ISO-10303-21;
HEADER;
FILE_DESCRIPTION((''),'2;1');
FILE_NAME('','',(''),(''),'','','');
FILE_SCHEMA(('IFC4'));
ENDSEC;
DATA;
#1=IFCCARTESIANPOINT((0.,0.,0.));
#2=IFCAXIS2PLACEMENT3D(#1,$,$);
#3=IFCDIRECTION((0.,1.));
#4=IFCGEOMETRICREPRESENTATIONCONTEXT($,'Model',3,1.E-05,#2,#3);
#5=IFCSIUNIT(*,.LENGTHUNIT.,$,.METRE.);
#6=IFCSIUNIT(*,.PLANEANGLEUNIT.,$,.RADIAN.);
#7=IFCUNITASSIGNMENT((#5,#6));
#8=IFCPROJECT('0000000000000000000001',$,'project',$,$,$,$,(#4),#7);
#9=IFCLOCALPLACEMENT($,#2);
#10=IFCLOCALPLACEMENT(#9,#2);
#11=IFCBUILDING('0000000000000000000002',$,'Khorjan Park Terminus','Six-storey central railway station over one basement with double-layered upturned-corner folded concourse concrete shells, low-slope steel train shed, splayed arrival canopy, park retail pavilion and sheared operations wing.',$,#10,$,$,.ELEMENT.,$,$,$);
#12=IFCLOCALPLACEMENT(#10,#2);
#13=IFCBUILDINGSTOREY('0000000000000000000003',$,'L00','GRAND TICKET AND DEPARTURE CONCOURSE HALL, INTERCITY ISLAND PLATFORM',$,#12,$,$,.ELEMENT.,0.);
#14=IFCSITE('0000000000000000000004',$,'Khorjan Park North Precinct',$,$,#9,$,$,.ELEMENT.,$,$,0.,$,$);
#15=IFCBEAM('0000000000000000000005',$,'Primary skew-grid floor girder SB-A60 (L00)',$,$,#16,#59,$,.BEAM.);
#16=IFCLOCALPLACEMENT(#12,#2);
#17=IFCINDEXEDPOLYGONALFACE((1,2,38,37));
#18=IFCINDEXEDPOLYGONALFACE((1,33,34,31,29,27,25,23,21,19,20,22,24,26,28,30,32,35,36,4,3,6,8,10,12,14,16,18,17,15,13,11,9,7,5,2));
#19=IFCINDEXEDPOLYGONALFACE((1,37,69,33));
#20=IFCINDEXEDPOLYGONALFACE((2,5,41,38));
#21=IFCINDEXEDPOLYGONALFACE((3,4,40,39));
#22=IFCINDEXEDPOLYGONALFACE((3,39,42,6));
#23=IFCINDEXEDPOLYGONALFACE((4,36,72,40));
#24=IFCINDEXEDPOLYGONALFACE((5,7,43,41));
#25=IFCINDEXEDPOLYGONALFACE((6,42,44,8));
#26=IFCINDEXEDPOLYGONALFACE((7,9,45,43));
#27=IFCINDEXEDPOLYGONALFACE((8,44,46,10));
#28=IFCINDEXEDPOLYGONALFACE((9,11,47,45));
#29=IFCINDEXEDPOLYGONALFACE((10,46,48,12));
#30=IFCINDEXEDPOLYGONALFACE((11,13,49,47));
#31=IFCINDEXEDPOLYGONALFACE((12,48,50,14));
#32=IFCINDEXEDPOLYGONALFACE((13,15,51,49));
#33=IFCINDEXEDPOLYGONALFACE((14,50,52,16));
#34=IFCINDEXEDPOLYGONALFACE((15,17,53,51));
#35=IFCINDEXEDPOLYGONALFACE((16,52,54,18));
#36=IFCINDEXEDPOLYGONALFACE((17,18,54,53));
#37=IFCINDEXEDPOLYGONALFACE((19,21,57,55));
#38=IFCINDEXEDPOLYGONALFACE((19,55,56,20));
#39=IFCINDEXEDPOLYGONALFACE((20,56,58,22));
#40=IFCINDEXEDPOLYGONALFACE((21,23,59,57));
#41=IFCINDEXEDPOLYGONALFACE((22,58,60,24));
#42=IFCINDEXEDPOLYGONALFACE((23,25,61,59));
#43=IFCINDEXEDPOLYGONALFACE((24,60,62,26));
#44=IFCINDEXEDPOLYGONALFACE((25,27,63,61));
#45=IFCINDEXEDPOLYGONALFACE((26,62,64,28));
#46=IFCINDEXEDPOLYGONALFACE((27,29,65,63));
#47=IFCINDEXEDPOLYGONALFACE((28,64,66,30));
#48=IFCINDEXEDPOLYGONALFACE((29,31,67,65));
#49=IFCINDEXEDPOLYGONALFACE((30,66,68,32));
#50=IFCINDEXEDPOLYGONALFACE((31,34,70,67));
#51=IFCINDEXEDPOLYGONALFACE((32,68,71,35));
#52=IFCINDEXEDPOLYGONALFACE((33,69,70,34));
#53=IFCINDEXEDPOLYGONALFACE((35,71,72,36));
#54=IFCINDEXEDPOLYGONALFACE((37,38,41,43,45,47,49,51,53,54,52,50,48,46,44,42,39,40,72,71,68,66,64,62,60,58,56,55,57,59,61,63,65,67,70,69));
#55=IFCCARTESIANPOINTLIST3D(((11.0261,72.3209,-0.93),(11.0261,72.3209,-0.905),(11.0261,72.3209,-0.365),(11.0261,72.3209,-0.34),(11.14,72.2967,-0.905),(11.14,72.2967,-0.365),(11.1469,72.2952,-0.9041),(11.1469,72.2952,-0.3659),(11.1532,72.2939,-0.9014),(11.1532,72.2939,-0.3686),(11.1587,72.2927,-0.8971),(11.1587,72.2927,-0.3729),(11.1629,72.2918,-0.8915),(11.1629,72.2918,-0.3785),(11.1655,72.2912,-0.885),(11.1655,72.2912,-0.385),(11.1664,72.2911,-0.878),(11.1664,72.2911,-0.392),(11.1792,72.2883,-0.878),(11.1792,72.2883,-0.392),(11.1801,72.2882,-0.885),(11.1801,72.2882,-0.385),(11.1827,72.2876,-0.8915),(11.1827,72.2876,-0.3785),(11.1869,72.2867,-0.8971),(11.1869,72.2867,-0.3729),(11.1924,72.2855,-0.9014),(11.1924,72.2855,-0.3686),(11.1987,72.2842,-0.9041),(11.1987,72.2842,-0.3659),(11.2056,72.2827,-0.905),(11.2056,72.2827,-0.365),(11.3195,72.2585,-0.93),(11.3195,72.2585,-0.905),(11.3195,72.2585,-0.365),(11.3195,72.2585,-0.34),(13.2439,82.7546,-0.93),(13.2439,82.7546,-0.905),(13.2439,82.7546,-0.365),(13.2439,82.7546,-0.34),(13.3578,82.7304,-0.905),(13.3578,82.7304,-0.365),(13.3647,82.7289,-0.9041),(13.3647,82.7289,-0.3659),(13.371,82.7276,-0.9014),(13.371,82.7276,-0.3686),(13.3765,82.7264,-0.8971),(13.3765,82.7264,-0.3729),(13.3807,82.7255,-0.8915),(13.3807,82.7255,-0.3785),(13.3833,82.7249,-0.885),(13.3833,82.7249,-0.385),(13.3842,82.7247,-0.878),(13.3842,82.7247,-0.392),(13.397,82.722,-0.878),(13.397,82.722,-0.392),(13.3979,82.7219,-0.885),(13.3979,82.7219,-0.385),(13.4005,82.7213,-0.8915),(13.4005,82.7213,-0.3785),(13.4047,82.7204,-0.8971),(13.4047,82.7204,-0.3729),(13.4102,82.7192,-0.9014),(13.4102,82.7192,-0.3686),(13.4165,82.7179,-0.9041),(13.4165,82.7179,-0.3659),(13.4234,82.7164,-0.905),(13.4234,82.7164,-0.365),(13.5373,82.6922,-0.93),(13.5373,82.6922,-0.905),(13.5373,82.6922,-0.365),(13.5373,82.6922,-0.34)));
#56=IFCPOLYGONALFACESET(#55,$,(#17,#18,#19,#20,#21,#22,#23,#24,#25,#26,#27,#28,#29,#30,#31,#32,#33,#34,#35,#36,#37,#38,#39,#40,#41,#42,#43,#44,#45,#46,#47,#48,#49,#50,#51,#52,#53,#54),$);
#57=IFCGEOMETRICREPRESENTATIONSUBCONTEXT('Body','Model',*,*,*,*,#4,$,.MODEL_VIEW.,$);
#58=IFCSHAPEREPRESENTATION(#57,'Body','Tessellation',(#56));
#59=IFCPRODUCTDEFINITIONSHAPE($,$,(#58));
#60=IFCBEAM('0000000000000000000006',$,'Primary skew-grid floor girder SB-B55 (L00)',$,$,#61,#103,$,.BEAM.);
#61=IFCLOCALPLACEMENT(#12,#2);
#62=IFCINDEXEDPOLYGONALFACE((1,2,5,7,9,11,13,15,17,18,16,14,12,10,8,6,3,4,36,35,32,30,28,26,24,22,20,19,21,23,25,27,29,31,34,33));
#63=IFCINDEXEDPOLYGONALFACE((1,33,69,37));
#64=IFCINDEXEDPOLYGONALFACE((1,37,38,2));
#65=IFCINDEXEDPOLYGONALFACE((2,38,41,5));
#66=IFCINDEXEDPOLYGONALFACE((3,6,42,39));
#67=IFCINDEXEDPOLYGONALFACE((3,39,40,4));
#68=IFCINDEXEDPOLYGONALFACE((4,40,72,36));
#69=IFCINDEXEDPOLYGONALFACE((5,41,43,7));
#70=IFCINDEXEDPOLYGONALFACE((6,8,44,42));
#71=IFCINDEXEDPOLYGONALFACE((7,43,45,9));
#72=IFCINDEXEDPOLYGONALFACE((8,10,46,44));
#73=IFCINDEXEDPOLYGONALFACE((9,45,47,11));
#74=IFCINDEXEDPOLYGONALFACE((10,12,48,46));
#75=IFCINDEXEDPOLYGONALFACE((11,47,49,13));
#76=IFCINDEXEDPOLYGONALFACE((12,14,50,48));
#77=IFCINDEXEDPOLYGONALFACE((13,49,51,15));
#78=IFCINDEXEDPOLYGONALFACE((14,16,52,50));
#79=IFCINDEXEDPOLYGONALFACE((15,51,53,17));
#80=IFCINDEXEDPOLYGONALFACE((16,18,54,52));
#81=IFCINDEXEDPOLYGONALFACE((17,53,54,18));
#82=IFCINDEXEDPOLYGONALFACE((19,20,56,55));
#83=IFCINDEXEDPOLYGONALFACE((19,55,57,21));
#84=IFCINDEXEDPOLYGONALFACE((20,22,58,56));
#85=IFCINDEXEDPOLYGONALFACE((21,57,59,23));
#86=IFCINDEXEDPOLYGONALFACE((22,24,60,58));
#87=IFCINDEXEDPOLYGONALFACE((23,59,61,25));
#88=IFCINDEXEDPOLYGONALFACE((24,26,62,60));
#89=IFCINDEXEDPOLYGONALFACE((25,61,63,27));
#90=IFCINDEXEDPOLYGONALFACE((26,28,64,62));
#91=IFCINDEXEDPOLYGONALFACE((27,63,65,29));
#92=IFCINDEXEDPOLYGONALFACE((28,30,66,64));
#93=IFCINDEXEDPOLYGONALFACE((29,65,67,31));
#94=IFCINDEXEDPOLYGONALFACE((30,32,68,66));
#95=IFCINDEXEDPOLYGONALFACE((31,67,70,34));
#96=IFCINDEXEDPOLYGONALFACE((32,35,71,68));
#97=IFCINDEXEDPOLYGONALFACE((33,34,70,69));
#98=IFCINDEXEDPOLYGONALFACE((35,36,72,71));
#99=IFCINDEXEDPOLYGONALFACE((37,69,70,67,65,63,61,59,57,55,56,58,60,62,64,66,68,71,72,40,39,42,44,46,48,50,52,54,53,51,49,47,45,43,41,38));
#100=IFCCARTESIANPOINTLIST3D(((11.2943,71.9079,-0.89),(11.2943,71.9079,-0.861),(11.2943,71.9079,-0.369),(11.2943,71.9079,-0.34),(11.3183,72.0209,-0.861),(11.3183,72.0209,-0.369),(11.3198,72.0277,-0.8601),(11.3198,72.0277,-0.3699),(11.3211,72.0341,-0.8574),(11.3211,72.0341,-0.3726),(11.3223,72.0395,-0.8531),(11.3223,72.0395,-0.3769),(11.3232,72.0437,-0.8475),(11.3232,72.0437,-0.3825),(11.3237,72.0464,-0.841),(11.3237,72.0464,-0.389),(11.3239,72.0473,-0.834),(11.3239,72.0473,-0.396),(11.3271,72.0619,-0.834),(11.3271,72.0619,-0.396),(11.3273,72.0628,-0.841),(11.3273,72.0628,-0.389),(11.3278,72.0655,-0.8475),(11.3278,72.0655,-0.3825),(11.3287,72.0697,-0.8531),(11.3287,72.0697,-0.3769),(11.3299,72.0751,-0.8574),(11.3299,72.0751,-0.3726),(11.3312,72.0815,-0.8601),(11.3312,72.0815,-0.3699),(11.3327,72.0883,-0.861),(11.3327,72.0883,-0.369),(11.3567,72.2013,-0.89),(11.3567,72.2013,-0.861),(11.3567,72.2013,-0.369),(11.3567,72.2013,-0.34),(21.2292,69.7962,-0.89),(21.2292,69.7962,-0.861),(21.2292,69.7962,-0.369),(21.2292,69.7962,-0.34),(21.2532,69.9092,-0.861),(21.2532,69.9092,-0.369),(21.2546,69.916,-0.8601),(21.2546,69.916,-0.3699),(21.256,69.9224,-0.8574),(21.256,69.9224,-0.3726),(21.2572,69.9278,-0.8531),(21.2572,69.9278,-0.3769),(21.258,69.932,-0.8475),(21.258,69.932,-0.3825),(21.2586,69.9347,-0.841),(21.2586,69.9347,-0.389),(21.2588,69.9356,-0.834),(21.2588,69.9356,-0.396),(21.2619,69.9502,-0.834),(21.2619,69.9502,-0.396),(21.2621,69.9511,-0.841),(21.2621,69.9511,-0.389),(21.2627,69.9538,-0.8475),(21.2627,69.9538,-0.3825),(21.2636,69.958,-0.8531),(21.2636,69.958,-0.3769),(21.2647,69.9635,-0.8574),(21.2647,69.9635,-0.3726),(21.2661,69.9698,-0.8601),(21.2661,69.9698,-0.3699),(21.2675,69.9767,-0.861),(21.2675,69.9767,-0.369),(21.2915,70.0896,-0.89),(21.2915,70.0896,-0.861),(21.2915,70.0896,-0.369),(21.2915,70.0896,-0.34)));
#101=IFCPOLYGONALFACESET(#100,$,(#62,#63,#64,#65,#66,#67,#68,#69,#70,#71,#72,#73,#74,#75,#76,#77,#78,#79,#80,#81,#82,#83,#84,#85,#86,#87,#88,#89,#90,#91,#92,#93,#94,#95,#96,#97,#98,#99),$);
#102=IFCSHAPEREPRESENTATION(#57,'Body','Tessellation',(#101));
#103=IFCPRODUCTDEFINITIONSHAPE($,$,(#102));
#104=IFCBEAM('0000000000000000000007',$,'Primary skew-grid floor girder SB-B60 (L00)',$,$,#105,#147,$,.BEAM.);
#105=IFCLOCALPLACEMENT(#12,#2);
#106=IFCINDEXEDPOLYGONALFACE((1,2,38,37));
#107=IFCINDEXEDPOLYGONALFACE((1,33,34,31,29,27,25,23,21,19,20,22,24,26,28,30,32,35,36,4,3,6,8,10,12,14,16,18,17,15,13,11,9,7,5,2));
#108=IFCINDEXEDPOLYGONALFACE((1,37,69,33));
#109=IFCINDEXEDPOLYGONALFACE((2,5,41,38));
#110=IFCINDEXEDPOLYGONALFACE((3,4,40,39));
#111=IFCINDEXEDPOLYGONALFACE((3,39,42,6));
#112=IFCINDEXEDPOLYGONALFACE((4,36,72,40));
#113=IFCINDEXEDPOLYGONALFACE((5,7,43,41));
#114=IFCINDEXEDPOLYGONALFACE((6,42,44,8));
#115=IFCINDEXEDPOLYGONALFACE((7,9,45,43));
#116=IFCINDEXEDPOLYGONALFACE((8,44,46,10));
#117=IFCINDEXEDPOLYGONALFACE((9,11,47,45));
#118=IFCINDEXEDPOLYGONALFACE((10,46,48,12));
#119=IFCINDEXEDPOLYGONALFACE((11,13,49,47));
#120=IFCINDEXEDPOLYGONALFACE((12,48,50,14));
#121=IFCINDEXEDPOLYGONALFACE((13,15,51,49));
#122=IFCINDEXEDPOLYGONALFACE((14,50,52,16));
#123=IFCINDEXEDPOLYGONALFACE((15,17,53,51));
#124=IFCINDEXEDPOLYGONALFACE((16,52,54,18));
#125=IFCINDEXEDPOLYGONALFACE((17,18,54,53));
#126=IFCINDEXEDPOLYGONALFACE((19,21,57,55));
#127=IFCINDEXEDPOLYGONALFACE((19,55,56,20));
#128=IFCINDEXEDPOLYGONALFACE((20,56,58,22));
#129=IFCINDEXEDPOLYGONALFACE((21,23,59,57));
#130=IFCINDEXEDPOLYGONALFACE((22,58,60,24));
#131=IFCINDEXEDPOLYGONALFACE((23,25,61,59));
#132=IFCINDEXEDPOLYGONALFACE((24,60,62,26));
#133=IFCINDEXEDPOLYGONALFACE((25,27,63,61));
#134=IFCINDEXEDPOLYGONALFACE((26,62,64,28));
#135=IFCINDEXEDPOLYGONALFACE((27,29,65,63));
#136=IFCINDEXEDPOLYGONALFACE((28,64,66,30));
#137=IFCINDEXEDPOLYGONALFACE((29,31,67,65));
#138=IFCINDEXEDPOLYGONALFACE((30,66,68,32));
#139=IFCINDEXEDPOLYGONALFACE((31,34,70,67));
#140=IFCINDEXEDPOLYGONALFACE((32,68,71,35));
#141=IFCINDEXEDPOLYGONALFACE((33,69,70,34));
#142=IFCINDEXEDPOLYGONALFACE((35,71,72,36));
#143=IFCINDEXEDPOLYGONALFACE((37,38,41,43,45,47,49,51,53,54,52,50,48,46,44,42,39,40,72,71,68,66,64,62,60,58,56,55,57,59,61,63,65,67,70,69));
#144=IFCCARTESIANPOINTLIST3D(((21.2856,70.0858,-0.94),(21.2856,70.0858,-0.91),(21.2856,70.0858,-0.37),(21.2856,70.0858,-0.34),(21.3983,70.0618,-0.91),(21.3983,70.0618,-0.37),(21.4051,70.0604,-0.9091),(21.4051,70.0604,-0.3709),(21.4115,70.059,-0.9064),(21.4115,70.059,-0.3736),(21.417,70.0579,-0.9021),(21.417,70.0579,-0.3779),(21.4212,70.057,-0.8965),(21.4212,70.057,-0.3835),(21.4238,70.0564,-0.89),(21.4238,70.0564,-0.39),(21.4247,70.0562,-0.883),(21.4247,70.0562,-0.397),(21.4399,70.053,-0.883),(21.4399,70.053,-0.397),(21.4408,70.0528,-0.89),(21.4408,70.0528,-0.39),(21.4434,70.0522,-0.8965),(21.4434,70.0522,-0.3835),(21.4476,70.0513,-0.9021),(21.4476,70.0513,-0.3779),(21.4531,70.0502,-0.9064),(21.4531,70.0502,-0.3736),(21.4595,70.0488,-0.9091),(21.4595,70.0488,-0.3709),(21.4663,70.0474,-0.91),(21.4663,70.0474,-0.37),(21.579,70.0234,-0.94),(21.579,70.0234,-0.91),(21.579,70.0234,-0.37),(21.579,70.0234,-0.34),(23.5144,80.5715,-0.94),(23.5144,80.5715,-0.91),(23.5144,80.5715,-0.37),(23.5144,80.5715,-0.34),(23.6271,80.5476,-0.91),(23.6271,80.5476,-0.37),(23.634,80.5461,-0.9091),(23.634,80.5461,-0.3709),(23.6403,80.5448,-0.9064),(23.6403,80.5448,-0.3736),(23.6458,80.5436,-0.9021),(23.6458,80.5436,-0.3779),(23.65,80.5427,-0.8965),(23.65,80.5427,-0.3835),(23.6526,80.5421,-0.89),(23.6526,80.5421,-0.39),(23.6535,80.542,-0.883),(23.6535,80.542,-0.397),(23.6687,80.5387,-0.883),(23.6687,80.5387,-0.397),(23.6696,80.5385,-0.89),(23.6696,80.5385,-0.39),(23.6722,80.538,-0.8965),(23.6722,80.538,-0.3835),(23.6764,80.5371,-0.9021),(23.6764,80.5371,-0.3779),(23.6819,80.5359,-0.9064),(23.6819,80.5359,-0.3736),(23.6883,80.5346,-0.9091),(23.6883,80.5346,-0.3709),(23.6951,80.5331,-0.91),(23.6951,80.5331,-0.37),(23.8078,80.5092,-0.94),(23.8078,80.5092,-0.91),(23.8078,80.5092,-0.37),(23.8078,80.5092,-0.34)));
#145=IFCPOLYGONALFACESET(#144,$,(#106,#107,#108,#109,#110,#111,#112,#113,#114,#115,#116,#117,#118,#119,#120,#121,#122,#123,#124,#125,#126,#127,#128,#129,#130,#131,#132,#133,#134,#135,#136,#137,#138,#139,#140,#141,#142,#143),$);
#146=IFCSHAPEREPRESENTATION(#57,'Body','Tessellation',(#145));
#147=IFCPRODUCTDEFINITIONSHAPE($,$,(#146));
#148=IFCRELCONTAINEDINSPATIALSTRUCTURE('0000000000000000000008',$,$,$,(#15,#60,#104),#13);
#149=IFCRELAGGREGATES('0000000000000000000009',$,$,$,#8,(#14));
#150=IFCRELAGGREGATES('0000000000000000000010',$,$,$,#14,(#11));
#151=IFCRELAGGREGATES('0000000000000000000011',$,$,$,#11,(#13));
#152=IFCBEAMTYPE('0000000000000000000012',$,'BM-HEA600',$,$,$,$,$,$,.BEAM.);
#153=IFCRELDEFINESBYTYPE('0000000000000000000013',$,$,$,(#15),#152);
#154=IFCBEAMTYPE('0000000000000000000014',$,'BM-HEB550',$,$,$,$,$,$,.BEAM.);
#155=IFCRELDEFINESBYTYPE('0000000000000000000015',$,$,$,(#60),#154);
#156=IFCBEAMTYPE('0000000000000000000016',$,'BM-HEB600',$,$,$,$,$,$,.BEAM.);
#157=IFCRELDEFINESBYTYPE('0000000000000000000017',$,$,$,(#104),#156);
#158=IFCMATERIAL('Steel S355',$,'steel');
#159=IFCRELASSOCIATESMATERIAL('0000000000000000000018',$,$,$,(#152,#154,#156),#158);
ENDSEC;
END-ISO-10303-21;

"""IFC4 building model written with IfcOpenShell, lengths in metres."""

from ifc_helpers import new_model, si_unit, direction, frame, origin, origin_2d, place, context, subcontext, project, spatial, i_section, extrude, material, material_profile, profile_set, type_object, element, save


model = new_model("IFC4")

# Units and contexts
model_context = context("Model", 3, precision=1e-05, world=origin(), true_north=direction((0.0, 1.0)))
body_context = subcontext(model_context, "Body", "Model", "MODEL_VIEW")
ifc_project = project(units=[si_unit("LENGTHUNIT", "METRE"), si_unit("PLANEANGLEUNIT", "RADIAN")], contexts=[model_context])

# Site, building, storey
site_placement = place(None, origin())
site = spatial("IfcSite", under=ifc_project, at=site_placement, Name="Khorjan Park North Precinct", CompositionType="ELEMENT", RefElevation=0.0)
building_placement = place(site_placement, origin())
building = spatial("IfcBuilding", under=site, at=building_placement, Name="Khorjan Park Terminus", Description="Six-storey central railway station over one basement with double-layered upturned-corner folded concourse concrete shells, low-slope steel train shed, splayed arrival canopy, park retail pavilion and sheared operations wing.", CompositionType="ELEMENT")
storey_placement = place(building_placement, origin())
storey = spatial("IfcBuildingStorey", under=building, at=storey_placement, Name="L00", Description="GRAND TICKET AND DEPARTURE CONCOURSE HALL, INTERCITY ISLAND PLATFORM", CompositionType="ELEMENT", Elevation=0.0)

# Shared definitions
ifc_material_1 = material(Name="Steel S355", Category="steel")

# Beams
ifc_material_profile_1 = material_profile(ifc_material_1, i_section(OverallWidth=0.3, OverallDepth=0.59, WebThickness=0.013, FlangeThickness=0.025, FilletRadius=0.027, at=origin_2d()), Name="HEA 600")
ifc_profile_set_1 = profile_set([ifc_material_profile_1], Name="Steel S355")
beam_type_1 = type_object("IfcBeamType", Name="BM-HEA600", PredefinedType="BEAM", material=ifc_profile_set_1)
beam_1_placement = place(storey_placement, frame((11.1728, 72.2897, -0.635), z_axis=(0.207916, 0.978147, 0.0), x_axis=(-0.978147, 0.207916, 0.0)))
element("IfcBeam", 1, at=beam_1_placement, inside=storey, type_object=beam_type_1, Name="Primary skew-grid floor girder SB-A60 (L00)", PredefinedType="BEAM", context=body_context, shape_type="SweptSolid", body=[
    extrude(i_section(OverallWidth=0.3, OverallDepth=0.59, WebThickness=0.013, FlangeThickness=0.025, FilletRadius=0.027, at=origin_2d()), origin(), (0.0, 0.0, 1.0), 10.6668),
])
ifc_material_profile_2 = material_profile(ifc_material_1, i_section(OverallWidth=0.3, OverallDepth=0.55, WebThickness=0.015, FlangeThickness=0.029, FilletRadius=0.027, at=origin_2d()), Name="HEB 550")
ifc_profile_set_2 = profile_set([ifc_material_profile_2], Name="Steel S355")
beam_type_2 = type_object("IfcBeamType", Name="BM-HEB550", PredefinedType="BEAM", material=ifc_profile_set_2)
beam_2_placement = place(storey_placement, frame((11.3255, 72.0546, -0.615), z_axis=(0.978148, -0.207909, 0.0), x_axis=(0.207909, 0.978148, 0.0)))
element("IfcBeam", 2, at=beam_2_placement, inside=storey, type_object=beam_type_2, Name="Primary skew-grid floor girder SB-B55 (L00)", PredefinedType="BEAM", context=body_context, shape_type="SweptSolid", body=[
    extrude(i_section(OverallWidth=0.3, OverallDepth=0.55, WebThickness=0.015, FlangeThickness=0.029, FilletRadius=0.027, at=origin_2d()), origin(), (0.0, 0.0, 1.0), 10.1568),
])
ifc_material_profile_3 = material_profile(ifc_material_1, i_section(OverallWidth=0.3, OverallDepth=0.6, WebThickness=0.0155, FlangeThickness=0.03, FilletRadius=0.027, at=origin_2d()), Name="HEB 600")
ifc_profile_set_3 = profile_set([ifc_material_profile_3], Name="Steel S355")
beam_type_3 = type_object("IfcBeamType", Name="BM-HEB600", PredefinedType="BEAM", material=ifc_profile_set_3)
beam_3_placement = place(storey_placement, frame((21.4323, 70.0546, -0.64), z_axis=(0.207911, 0.978148, 0.0), x_axis=(-0.978148, 0.207911, 0.0)))
element("IfcBeam", 3, at=beam_3_placement, inside=storey, type_object=beam_type_3, Name="Primary skew-grid floor girder SB-B60 (L00)", PredefinedType="BEAM", context=body_context, shape_type="SweptSolid", body=[
    extrude(i_section(OverallWidth=0.3, OverallDepth=0.6, WebThickness=0.0155, FlangeThickness=0.03, FilletRadius=0.027, at=origin_2d()), origin(), (0.0, 0.0, 1.0), 10.72),
])

save(model, "model.ifc")
